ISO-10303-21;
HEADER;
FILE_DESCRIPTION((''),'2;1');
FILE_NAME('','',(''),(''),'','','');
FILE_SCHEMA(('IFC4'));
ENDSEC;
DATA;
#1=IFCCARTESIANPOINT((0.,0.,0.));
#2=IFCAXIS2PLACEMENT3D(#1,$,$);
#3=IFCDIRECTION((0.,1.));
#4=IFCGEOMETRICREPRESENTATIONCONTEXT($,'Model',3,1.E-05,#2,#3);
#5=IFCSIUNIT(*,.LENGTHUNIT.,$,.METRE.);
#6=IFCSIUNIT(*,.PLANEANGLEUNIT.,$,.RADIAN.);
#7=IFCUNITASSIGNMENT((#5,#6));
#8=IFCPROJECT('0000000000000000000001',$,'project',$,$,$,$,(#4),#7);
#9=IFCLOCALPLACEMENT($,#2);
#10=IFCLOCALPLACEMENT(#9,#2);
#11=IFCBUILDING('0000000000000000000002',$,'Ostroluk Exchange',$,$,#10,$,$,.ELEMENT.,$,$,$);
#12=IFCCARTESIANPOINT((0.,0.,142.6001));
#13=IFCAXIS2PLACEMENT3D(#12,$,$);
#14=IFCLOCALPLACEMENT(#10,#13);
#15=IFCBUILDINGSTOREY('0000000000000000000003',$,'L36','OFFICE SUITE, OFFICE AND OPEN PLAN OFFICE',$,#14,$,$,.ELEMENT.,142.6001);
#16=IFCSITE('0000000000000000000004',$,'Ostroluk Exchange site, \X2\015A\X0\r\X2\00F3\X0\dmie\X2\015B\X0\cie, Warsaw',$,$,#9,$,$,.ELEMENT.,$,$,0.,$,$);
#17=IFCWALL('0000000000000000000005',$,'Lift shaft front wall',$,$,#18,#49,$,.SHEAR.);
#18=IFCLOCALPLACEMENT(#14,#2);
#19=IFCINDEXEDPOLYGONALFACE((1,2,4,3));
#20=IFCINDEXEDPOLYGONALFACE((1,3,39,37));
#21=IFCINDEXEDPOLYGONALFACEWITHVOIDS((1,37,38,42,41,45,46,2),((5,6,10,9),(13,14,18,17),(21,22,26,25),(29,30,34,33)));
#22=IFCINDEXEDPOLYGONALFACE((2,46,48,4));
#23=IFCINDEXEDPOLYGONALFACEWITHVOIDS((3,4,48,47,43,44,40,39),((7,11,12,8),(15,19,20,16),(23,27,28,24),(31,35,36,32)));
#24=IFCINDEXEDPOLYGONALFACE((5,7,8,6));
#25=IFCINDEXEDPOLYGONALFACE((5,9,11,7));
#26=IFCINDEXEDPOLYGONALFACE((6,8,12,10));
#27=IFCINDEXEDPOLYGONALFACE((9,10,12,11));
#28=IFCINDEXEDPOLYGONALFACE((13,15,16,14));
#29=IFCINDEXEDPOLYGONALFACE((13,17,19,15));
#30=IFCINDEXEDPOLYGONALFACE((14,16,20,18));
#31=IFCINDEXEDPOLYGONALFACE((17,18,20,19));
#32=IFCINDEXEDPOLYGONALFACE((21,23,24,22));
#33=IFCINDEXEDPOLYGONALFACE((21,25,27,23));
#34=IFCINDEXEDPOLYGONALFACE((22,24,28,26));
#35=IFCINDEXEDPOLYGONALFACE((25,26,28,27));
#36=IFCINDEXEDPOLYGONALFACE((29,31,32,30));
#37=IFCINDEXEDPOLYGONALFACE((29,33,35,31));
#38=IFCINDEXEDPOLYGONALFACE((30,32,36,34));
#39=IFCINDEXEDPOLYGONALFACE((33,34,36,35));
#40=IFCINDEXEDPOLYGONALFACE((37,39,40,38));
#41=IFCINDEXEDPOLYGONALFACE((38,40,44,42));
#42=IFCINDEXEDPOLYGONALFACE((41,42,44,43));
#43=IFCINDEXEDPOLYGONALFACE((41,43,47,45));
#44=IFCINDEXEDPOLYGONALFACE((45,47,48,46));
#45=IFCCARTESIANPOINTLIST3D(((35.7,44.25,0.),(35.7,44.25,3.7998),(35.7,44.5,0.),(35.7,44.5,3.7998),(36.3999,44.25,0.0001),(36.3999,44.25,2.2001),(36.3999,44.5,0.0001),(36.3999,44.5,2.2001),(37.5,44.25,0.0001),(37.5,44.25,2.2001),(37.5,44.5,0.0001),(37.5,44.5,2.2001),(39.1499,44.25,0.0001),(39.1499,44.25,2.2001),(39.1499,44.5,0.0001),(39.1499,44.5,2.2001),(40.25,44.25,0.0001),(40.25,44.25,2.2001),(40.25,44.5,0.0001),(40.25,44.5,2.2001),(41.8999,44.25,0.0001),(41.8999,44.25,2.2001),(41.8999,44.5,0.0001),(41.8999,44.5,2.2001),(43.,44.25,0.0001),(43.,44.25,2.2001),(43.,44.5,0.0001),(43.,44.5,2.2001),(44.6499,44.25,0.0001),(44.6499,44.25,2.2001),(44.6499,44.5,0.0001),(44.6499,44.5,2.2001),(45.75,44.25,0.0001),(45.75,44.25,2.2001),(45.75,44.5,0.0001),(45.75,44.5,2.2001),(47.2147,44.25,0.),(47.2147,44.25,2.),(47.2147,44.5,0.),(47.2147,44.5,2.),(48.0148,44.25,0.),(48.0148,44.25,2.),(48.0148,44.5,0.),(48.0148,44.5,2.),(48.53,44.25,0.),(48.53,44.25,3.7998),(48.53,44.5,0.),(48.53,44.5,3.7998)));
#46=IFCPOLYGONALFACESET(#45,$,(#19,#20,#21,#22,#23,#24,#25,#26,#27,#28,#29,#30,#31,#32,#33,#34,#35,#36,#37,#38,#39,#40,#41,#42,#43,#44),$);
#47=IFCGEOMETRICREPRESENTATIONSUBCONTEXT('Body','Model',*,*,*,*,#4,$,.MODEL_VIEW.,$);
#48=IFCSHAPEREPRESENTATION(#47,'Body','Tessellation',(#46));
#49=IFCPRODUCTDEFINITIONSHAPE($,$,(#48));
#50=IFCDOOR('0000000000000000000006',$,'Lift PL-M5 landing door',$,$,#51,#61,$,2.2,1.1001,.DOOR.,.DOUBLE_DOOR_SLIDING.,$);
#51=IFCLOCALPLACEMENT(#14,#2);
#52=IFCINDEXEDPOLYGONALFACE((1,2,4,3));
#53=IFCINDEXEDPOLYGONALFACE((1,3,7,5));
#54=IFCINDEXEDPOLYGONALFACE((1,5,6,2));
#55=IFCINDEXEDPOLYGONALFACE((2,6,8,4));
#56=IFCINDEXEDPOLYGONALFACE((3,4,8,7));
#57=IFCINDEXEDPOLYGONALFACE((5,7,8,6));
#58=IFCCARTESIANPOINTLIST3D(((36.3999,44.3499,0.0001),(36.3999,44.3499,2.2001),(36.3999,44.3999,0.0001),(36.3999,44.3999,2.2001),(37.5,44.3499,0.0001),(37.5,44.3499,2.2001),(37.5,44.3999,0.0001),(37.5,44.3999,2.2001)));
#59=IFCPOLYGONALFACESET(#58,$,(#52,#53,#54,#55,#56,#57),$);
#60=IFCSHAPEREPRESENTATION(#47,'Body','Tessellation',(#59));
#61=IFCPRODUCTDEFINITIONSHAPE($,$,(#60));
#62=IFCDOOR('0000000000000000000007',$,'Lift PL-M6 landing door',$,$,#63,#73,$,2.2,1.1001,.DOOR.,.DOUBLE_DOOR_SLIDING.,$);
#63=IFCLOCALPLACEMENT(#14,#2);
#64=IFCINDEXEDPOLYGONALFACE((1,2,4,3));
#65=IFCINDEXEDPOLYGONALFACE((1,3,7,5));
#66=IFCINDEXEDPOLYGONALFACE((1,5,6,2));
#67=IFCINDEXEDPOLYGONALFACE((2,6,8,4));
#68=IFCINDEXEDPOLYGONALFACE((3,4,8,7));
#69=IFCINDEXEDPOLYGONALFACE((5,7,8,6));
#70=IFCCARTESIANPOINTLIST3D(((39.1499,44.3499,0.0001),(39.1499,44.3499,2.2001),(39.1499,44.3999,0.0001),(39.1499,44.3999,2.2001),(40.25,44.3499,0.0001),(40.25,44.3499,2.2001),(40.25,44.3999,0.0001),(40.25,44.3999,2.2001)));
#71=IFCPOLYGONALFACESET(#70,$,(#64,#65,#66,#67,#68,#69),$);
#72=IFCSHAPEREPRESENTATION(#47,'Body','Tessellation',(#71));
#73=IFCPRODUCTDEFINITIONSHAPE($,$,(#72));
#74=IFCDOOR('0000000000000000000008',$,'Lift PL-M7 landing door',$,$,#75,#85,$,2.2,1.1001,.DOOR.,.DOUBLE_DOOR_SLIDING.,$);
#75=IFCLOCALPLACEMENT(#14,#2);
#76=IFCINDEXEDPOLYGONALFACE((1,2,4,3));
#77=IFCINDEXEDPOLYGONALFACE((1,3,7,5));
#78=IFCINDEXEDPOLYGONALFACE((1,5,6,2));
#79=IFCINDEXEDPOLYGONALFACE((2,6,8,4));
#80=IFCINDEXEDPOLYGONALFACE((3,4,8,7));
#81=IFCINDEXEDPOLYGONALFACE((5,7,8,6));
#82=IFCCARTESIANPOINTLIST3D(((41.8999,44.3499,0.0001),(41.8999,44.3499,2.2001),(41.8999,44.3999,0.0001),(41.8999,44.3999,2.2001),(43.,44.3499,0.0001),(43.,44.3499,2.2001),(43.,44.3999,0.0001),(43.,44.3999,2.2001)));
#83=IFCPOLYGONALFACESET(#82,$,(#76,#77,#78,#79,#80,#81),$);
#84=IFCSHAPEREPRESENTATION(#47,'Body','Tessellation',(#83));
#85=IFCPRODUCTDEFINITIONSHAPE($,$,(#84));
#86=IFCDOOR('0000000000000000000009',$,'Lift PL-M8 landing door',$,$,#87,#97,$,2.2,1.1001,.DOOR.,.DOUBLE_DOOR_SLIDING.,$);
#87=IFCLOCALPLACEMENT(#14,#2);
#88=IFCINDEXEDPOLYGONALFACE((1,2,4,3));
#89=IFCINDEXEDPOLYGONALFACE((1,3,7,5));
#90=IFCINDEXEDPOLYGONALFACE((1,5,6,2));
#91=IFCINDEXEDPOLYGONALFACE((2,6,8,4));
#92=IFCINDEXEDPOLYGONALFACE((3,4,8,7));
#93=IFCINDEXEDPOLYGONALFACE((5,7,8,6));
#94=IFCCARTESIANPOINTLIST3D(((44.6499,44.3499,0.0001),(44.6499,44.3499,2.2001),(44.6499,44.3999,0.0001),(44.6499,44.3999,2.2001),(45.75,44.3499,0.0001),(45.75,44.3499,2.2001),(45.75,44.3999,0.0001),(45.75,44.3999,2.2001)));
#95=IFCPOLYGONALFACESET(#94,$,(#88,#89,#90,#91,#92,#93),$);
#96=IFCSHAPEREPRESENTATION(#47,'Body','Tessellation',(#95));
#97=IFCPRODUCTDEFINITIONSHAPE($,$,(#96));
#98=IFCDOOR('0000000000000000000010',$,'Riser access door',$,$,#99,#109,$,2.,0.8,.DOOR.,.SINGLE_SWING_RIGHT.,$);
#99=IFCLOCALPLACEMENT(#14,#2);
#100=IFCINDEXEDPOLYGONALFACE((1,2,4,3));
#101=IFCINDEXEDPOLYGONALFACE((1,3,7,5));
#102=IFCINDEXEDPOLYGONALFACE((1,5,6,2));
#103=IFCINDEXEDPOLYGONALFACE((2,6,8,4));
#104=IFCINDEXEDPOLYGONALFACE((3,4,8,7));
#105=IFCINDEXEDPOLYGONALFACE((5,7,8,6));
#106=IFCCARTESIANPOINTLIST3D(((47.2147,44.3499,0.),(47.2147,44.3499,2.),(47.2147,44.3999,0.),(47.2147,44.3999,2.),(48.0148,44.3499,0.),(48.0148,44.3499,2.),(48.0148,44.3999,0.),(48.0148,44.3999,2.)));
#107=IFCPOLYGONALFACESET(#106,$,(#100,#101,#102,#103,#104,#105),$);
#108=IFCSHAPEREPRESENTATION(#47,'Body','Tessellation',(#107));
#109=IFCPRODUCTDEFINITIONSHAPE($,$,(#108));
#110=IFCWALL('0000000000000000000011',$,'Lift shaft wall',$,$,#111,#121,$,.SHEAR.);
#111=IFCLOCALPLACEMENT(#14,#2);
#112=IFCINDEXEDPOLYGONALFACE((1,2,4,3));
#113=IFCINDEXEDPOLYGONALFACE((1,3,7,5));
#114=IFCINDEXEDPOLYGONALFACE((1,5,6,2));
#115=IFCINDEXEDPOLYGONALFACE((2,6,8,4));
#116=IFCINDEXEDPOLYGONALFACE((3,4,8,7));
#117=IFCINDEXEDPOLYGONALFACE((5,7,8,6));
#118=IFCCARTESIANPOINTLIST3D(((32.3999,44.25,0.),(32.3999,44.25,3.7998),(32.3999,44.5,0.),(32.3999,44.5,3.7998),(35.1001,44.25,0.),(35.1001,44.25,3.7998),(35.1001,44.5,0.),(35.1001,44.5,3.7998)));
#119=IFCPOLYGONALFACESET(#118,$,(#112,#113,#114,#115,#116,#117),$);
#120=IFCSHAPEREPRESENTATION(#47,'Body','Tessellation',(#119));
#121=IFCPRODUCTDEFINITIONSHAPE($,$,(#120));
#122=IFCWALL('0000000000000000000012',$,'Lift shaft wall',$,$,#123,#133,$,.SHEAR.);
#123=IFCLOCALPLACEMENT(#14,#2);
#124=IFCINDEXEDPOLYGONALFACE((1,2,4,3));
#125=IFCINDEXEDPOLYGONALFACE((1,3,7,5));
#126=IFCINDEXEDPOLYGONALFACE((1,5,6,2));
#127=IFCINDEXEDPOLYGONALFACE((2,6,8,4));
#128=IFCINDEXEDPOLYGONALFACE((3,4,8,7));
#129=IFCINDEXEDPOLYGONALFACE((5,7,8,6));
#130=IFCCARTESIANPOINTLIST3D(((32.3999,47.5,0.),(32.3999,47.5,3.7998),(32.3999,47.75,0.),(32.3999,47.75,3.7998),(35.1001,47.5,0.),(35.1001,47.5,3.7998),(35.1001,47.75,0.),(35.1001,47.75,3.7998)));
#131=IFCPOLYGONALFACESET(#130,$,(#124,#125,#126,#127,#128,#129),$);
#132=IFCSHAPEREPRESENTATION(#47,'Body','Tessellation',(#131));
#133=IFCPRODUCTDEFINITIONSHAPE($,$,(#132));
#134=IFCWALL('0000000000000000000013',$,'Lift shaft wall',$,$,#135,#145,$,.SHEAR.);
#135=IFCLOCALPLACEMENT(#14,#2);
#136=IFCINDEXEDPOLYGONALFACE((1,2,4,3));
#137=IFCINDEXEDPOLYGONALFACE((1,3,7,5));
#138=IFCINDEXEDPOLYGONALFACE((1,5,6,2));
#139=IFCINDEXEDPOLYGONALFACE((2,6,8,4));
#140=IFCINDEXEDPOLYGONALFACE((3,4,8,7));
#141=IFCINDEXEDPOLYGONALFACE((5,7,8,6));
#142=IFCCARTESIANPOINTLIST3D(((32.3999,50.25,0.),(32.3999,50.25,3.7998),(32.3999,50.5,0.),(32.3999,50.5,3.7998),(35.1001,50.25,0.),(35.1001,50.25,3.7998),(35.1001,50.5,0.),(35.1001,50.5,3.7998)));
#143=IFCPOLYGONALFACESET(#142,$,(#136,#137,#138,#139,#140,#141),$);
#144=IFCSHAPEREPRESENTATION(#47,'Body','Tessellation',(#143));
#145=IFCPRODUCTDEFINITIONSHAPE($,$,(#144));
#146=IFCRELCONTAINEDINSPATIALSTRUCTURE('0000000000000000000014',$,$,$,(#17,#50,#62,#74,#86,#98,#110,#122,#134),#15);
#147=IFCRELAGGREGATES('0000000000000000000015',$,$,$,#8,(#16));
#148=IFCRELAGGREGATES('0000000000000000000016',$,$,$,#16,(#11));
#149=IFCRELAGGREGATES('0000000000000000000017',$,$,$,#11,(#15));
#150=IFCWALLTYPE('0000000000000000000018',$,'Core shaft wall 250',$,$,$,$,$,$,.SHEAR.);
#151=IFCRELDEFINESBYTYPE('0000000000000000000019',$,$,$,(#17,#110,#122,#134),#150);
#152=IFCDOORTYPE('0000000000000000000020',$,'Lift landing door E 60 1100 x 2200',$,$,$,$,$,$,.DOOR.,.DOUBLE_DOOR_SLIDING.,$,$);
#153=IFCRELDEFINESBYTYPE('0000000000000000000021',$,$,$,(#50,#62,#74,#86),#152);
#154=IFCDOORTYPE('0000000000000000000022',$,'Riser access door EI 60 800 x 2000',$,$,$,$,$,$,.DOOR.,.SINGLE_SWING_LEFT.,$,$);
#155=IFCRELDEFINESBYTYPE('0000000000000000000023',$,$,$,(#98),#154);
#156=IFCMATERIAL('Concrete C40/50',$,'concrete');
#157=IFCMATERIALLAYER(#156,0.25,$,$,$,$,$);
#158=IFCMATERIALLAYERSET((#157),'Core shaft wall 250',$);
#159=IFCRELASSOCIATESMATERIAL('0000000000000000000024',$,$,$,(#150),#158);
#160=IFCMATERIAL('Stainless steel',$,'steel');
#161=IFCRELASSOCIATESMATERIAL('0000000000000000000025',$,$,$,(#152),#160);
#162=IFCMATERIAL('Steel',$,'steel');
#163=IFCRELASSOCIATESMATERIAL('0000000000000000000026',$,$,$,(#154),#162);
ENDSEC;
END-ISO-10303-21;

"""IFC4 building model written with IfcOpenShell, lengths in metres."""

from ifc_helpers import new_model, si_unit, direction, frame, frame_2d, origin, place, context, subcontext, project, spatial, rectangle, extrude, material, layer, layer_set, type_object, element, fill, save


model = new_model("IFC4")

# Units and contexts
model_context = context("Model", 3, precision=1e-05, world=origin(), true_north=direction((0.0, 1.0)))
body_context = subcontext(model_context, "Body", "Model", "MODEL_VIEW")
ifc_project = project(units=[si_unit("LENGTHUNIT", "METRE"), si_unit("PLANEANGLEUNIT", "RADIAN")], contexts=[model_context])

# Site, building, storey
site_placement = place(None, origin())
site = spatial("IfcSite", under=ifc_project, at=site_placement, Name="Ostroluk Exchange site, Śródmieście, Warsaw", CompositionType="ELEMENT", RefElevation=0.0)
building_placement = place(site_placement, origin())
building = spatial("IfcBuilding", under=site, at=building_placement, Name="Ostroluk Exchange", CompositionType="ELEMENT")
storey_placement = place(building_placement, frame((0.0, 0.0, 142.6001)))
storey = spatial("IfcBuildingStorey", under=building, at=storey_placement, Name="L36", Description="OFFICE SUITE, OFFICE AND OPEN PLAN OFFICE", CompositionType="ELEMENT", Elevation=142.6001)

# Shared definitions
ifc_material_1 = material(Name="Concrete C40/50", Category="concrete")
ifc_layer_1 = layer(ifc_material_1, 0.25)
ifc_layer_set_1 = layer_set([ifc_layer_1], Name="Core shaft wall 250")
wall_type_1 = type_object("IfcWallType", Name="Core shaft wall 250", PredefinedType="SHEAR", material=ifc_layer_set_1)

# Wall, openings, doors
ifc_material_2 = material(Name="Stainless steel", Category="steel")
door_type_1 = type_object("IfcDoorType", Name="Lift landing door E 60 1100 x 2200", OperationType="DOUBLE_DOOR_SLIDING", PredefinedType="DOOR", material=ifc_material_2)
ifc_material_3 = material(Name="Steel", Category="steel")
door_type_2 = type_object("IfcDoorType", Name="Riser access door EI 60 800 x 2000", OperationType="SINGLE_SWING_LEFT", PredefinedType="DOOR", material=ifc_material_3)
wall_1_placement = place(storey_placement, frame((35.7, 44.375, 0.0), z_axis=(0.0, 0.0, 1.0), x_axis=(1.0, 0.0, 0.0)))
wall_1 = element("IfcWall", 1, at=wall_1_placement, inside=storey, type_object=wall_type_1, Name="Lift shaft front wall", PredefinedType="SHEAR", context=body_context, shape_type="SweptSolid", body=[
    extrude(rectangle(XDim=12.8301, YDim=0.25, at=frame_2d((6.415, 0.0))), origin(), (0.0, 0.0, 1.0), 3.7998),
])
opening_1_placement = place(wall_1_placement, frame((0.7, 0.0, 0.0)))
opening_1 = element("IfcOpeningElement", 2, at=opening_1_placement, cuts=wall_1, PredefinedType="OPENING", context=body_context, shape_type="SweptSolid", body=[
    extrude(rectangle(XDim=1.1001, YDim=2.2, at=frame_2d((0.55, 1.1001))), frame((0.0, 0.135, 0.0), z_axis=(0.0, -1.0, 0.0), x_axis=(1.0, 0.0, 0.0)), (0.0, 0.0, 1.0), 0.27),
])
opening_2_placement = place(wall_1_placement, frame((3.45, 0.0, 0.0)))
opening_2 = element("IfcOpeningElement", 3, at=opening_2_placement, cuts=wall_1, PredefinedType="OPENING", context=body_context, shape_type="SweptSolid", body=[
    extrude(rectangle(XDim=1.1001, YDim=2.2, at=frame_2d((0.55, 1.1001))), frame((0.0, 0.135, 0.0), z_axis=(0.0, -1.0, 0.0), x_axis=(1.0, 0.0, 0.0)), (0.0, 0.0, 1.0), 0.27),
])
opening_3_placement = place(wall_1_placement, frame((6.2, 0.0, 0.0)))
opening_3 = element("IfcOpeningElement", 4, at=opening_3_placement, cuts=wall_1, PredefinedType="OPENING", context=body_context, shape_type="SweptSolid", body=[
    extrude(rectangle(XDim=1.1001, YDim=2.2, at=frame_2d((0.55, 1.1001))), frame((0.0, 0.135, 0.0), z_axis=(0.0, -1.0, 0.0), x_axis=(1.0, 0.0, 0.0)), (0.0, 0.0, 1.0), 0.27),
])
opening_4_placement = place(wall_1_placement, frame((8.95, 0.0, 0.0)))
opening_4 = element("IfcOpeningElement", 5, at=opening_4_placement, cuts=wall_1, PredefinedType="OPENING", context=body_context, shape_type="SweptSolid", body=[
    extrude(rectangle(XDim=1.1001, YDim=2.2, at=frame_2d((0.55, 1.1001))), frame((0.0, 0.135, 0.0), z_axis=(0.0, -1.0, 0.0), x_axis=(1.0, 0.0, 0.0)), (0.0, 0.0, 1.0), 0.27),
])
opening_5_placement = place(wall_1_placement, frame((11.5149, 0.0, 0.0)))
opening_5 = element("IfcOpeningElement", 6, at=opening_5_placement, cuts=wall_1, PredefinedType="OPENING", context=body_context, shape_type="SweptSolid", body=[
    extrude(rectangle(XDim=0.8, YDim=2.0, at=frame_2d((0.3999, 1.0))), frame((0.0, 0.135, 0.0), z_axis=(0.0, -1.0, 0.0), x_axis=(1.0, 0.0, 0.0)), (0.0, 0.0, 1.0), 0.27),
])
door_1_placement = place(opening_1_placement, origin())
door_1 = element("IfcDoor", 7, at=door_1_placement, inside=storey, type_object=door_type_1, Name="Lift PL-M5 landing door", OperationType="DOUBLE_DOOR_SLIDING", OverallHeight=2.2, OverallWidth=1.1001, PredefinedType="DOOR", context=body_context, shape_type="SweptSolid", body=[
    extrude(rectangle(XDim=1.1001, YDim=2.2, at=frame_2d((0.55, 1.1001))), frame((0.0, 0.0249, 0.0), z_axis=(0.0, -1.0, 0.0), x_axis=(1.0, 0.0, 0.0)), (0.0, 0.0, 1.0), 0.05),
])
fill(opening_1, door_1)
door_2_placement = place(opening_2_placement, origin())
door_2 = element("IfcDoor", 8, at=door_2_placement, inside=storey, type_object=door_type_1, Name="Lift PL-M6 landing door", OperationType="DOUBLE_DOOR_SLIDING", OverallHeight=2.2, OverallWidth=1.1001, PredefinedType="DOOR", context=body_context, shape_type="SweptSolid", body=[
    extrude(rectangle(XDim=1.1001, YDim=2.2, at=frame_2d((0.55, 1.1001))), frame((0.0, 0.0249, 0.0), z_axis=(0.0, -1.0, 0.0), x_axis=(1.0, 0.0, 0.0)), (0.0, 0.0, 1.0), 0.05),
])
fill(opening_2, door_2)
door_3_placement = place(opening_3_placement, origin())
door_3 = element("IfcDoor", 9, at=door_3_placement, inside=storey, type_object=door_type_1, Name="Lift PL-M7 landing door", OperationType="DOUBLE_DOOR_SLIDING", OverallHeight=2.2, OverallWidth=1.1001, PredefinedType="DOOR", context=body_context, shape_type="SweptSolid", body=[
    extrude(rectangle(XDim=1.1001, YDim=2.2, at=frame_2d((0.55, 1.1001))), frame((0.0, 0.0249, 0.0), z_axis=(0.0, -1.0, 0.0), x_axis=(1.0, 0.0, 0.0)), (0.0, 0.0, 1.0), 0.05),
])
fill(opening_3, door_3)
door_4_placement = place(opening_4_placement, origin())
door_4 = element("IfcDoor", 10, at=door_4_placement, inside=storey, type_object=door_type_1, Name="Lift PL-M8 landing door", OperationType="DOUBLE_DOOR_SLIDING", OverallHeight=2.2, OverallWidth=1.1001, PredefinedType="DOOR", context=body_context, shape_type="SweptSolid", body=[
    extrude(rectangle(XDim=1.1001, YDim=2.2, at=frame_2d((0.55, 1.1001))), frame((0.0, 0.0249, 0.0), z_axis=(0.0, -1.0, 0.0), x_axis=(1.0, 0.0, 0.0)), (0.0, 0.0, 1.0), 0.05),
])
fill(opening_4, door_4)
door_5_placement = place(opening_5_placement, origin())
door_5 = element("IfcDoor", 11, at=door_5_placement, inside=storey, type_object=door_type_2, Name="Riser access door", OperationType="SINGLE_SWING_RIGHT", OverallHeight=2.0, OverallWidth=0.8, PredefinedType="DOOR", context=body_context, shape_type="SweptSolid", body=[
    extrude(rectangle(XDim=0.8, YDim=2.0, at=frame_2d((0.3999, 1.0))), frame((0.0, 0.0249, 0.0), z_axis=(0.0, -1.0, 0.0), x_axis=(1.0, 0.0, 0.0)), (0.0, 0.0, 1.0), 0.05),
])
fill(opening_5, door_5)

# Walls
for number, where, z_axis, x_axis, name in (
    (12, (32.3999, 44.375, 0.0), (0.0, 0.0, 1.0), (1.0, 0.0, 0.0), "Lift shaft wall"),
    (13, (32.3999, 47.625, 0.0), (0.0, 0.0, 1.0), (1.0, 0.0, 0.0), "Lift shaft wall"),
    (14, (32.3999, 50.375, 0.0), (0.0, 0.0, 1.0), (1.0, 0.0, 0.0), "Lift shaft wall"),
):
    element("IfcWall", number, at=place(storey_placement, frame(where, z_axis=z_axis, x_axis=x_axis)), inside=storey, type_object=wall_type_1, Name=name, PredefinedType="SHEAR", context=body_context, shape_type="SweptSolid", body=[
        extrude(rectangle(XDim=2.7002, YDim=0.25, at=frame_2d((1.3501, 0.0))), origin(), (0.0, 0.0, 1.0), 3.7998),
    ])

save(model, "model.ifc")
